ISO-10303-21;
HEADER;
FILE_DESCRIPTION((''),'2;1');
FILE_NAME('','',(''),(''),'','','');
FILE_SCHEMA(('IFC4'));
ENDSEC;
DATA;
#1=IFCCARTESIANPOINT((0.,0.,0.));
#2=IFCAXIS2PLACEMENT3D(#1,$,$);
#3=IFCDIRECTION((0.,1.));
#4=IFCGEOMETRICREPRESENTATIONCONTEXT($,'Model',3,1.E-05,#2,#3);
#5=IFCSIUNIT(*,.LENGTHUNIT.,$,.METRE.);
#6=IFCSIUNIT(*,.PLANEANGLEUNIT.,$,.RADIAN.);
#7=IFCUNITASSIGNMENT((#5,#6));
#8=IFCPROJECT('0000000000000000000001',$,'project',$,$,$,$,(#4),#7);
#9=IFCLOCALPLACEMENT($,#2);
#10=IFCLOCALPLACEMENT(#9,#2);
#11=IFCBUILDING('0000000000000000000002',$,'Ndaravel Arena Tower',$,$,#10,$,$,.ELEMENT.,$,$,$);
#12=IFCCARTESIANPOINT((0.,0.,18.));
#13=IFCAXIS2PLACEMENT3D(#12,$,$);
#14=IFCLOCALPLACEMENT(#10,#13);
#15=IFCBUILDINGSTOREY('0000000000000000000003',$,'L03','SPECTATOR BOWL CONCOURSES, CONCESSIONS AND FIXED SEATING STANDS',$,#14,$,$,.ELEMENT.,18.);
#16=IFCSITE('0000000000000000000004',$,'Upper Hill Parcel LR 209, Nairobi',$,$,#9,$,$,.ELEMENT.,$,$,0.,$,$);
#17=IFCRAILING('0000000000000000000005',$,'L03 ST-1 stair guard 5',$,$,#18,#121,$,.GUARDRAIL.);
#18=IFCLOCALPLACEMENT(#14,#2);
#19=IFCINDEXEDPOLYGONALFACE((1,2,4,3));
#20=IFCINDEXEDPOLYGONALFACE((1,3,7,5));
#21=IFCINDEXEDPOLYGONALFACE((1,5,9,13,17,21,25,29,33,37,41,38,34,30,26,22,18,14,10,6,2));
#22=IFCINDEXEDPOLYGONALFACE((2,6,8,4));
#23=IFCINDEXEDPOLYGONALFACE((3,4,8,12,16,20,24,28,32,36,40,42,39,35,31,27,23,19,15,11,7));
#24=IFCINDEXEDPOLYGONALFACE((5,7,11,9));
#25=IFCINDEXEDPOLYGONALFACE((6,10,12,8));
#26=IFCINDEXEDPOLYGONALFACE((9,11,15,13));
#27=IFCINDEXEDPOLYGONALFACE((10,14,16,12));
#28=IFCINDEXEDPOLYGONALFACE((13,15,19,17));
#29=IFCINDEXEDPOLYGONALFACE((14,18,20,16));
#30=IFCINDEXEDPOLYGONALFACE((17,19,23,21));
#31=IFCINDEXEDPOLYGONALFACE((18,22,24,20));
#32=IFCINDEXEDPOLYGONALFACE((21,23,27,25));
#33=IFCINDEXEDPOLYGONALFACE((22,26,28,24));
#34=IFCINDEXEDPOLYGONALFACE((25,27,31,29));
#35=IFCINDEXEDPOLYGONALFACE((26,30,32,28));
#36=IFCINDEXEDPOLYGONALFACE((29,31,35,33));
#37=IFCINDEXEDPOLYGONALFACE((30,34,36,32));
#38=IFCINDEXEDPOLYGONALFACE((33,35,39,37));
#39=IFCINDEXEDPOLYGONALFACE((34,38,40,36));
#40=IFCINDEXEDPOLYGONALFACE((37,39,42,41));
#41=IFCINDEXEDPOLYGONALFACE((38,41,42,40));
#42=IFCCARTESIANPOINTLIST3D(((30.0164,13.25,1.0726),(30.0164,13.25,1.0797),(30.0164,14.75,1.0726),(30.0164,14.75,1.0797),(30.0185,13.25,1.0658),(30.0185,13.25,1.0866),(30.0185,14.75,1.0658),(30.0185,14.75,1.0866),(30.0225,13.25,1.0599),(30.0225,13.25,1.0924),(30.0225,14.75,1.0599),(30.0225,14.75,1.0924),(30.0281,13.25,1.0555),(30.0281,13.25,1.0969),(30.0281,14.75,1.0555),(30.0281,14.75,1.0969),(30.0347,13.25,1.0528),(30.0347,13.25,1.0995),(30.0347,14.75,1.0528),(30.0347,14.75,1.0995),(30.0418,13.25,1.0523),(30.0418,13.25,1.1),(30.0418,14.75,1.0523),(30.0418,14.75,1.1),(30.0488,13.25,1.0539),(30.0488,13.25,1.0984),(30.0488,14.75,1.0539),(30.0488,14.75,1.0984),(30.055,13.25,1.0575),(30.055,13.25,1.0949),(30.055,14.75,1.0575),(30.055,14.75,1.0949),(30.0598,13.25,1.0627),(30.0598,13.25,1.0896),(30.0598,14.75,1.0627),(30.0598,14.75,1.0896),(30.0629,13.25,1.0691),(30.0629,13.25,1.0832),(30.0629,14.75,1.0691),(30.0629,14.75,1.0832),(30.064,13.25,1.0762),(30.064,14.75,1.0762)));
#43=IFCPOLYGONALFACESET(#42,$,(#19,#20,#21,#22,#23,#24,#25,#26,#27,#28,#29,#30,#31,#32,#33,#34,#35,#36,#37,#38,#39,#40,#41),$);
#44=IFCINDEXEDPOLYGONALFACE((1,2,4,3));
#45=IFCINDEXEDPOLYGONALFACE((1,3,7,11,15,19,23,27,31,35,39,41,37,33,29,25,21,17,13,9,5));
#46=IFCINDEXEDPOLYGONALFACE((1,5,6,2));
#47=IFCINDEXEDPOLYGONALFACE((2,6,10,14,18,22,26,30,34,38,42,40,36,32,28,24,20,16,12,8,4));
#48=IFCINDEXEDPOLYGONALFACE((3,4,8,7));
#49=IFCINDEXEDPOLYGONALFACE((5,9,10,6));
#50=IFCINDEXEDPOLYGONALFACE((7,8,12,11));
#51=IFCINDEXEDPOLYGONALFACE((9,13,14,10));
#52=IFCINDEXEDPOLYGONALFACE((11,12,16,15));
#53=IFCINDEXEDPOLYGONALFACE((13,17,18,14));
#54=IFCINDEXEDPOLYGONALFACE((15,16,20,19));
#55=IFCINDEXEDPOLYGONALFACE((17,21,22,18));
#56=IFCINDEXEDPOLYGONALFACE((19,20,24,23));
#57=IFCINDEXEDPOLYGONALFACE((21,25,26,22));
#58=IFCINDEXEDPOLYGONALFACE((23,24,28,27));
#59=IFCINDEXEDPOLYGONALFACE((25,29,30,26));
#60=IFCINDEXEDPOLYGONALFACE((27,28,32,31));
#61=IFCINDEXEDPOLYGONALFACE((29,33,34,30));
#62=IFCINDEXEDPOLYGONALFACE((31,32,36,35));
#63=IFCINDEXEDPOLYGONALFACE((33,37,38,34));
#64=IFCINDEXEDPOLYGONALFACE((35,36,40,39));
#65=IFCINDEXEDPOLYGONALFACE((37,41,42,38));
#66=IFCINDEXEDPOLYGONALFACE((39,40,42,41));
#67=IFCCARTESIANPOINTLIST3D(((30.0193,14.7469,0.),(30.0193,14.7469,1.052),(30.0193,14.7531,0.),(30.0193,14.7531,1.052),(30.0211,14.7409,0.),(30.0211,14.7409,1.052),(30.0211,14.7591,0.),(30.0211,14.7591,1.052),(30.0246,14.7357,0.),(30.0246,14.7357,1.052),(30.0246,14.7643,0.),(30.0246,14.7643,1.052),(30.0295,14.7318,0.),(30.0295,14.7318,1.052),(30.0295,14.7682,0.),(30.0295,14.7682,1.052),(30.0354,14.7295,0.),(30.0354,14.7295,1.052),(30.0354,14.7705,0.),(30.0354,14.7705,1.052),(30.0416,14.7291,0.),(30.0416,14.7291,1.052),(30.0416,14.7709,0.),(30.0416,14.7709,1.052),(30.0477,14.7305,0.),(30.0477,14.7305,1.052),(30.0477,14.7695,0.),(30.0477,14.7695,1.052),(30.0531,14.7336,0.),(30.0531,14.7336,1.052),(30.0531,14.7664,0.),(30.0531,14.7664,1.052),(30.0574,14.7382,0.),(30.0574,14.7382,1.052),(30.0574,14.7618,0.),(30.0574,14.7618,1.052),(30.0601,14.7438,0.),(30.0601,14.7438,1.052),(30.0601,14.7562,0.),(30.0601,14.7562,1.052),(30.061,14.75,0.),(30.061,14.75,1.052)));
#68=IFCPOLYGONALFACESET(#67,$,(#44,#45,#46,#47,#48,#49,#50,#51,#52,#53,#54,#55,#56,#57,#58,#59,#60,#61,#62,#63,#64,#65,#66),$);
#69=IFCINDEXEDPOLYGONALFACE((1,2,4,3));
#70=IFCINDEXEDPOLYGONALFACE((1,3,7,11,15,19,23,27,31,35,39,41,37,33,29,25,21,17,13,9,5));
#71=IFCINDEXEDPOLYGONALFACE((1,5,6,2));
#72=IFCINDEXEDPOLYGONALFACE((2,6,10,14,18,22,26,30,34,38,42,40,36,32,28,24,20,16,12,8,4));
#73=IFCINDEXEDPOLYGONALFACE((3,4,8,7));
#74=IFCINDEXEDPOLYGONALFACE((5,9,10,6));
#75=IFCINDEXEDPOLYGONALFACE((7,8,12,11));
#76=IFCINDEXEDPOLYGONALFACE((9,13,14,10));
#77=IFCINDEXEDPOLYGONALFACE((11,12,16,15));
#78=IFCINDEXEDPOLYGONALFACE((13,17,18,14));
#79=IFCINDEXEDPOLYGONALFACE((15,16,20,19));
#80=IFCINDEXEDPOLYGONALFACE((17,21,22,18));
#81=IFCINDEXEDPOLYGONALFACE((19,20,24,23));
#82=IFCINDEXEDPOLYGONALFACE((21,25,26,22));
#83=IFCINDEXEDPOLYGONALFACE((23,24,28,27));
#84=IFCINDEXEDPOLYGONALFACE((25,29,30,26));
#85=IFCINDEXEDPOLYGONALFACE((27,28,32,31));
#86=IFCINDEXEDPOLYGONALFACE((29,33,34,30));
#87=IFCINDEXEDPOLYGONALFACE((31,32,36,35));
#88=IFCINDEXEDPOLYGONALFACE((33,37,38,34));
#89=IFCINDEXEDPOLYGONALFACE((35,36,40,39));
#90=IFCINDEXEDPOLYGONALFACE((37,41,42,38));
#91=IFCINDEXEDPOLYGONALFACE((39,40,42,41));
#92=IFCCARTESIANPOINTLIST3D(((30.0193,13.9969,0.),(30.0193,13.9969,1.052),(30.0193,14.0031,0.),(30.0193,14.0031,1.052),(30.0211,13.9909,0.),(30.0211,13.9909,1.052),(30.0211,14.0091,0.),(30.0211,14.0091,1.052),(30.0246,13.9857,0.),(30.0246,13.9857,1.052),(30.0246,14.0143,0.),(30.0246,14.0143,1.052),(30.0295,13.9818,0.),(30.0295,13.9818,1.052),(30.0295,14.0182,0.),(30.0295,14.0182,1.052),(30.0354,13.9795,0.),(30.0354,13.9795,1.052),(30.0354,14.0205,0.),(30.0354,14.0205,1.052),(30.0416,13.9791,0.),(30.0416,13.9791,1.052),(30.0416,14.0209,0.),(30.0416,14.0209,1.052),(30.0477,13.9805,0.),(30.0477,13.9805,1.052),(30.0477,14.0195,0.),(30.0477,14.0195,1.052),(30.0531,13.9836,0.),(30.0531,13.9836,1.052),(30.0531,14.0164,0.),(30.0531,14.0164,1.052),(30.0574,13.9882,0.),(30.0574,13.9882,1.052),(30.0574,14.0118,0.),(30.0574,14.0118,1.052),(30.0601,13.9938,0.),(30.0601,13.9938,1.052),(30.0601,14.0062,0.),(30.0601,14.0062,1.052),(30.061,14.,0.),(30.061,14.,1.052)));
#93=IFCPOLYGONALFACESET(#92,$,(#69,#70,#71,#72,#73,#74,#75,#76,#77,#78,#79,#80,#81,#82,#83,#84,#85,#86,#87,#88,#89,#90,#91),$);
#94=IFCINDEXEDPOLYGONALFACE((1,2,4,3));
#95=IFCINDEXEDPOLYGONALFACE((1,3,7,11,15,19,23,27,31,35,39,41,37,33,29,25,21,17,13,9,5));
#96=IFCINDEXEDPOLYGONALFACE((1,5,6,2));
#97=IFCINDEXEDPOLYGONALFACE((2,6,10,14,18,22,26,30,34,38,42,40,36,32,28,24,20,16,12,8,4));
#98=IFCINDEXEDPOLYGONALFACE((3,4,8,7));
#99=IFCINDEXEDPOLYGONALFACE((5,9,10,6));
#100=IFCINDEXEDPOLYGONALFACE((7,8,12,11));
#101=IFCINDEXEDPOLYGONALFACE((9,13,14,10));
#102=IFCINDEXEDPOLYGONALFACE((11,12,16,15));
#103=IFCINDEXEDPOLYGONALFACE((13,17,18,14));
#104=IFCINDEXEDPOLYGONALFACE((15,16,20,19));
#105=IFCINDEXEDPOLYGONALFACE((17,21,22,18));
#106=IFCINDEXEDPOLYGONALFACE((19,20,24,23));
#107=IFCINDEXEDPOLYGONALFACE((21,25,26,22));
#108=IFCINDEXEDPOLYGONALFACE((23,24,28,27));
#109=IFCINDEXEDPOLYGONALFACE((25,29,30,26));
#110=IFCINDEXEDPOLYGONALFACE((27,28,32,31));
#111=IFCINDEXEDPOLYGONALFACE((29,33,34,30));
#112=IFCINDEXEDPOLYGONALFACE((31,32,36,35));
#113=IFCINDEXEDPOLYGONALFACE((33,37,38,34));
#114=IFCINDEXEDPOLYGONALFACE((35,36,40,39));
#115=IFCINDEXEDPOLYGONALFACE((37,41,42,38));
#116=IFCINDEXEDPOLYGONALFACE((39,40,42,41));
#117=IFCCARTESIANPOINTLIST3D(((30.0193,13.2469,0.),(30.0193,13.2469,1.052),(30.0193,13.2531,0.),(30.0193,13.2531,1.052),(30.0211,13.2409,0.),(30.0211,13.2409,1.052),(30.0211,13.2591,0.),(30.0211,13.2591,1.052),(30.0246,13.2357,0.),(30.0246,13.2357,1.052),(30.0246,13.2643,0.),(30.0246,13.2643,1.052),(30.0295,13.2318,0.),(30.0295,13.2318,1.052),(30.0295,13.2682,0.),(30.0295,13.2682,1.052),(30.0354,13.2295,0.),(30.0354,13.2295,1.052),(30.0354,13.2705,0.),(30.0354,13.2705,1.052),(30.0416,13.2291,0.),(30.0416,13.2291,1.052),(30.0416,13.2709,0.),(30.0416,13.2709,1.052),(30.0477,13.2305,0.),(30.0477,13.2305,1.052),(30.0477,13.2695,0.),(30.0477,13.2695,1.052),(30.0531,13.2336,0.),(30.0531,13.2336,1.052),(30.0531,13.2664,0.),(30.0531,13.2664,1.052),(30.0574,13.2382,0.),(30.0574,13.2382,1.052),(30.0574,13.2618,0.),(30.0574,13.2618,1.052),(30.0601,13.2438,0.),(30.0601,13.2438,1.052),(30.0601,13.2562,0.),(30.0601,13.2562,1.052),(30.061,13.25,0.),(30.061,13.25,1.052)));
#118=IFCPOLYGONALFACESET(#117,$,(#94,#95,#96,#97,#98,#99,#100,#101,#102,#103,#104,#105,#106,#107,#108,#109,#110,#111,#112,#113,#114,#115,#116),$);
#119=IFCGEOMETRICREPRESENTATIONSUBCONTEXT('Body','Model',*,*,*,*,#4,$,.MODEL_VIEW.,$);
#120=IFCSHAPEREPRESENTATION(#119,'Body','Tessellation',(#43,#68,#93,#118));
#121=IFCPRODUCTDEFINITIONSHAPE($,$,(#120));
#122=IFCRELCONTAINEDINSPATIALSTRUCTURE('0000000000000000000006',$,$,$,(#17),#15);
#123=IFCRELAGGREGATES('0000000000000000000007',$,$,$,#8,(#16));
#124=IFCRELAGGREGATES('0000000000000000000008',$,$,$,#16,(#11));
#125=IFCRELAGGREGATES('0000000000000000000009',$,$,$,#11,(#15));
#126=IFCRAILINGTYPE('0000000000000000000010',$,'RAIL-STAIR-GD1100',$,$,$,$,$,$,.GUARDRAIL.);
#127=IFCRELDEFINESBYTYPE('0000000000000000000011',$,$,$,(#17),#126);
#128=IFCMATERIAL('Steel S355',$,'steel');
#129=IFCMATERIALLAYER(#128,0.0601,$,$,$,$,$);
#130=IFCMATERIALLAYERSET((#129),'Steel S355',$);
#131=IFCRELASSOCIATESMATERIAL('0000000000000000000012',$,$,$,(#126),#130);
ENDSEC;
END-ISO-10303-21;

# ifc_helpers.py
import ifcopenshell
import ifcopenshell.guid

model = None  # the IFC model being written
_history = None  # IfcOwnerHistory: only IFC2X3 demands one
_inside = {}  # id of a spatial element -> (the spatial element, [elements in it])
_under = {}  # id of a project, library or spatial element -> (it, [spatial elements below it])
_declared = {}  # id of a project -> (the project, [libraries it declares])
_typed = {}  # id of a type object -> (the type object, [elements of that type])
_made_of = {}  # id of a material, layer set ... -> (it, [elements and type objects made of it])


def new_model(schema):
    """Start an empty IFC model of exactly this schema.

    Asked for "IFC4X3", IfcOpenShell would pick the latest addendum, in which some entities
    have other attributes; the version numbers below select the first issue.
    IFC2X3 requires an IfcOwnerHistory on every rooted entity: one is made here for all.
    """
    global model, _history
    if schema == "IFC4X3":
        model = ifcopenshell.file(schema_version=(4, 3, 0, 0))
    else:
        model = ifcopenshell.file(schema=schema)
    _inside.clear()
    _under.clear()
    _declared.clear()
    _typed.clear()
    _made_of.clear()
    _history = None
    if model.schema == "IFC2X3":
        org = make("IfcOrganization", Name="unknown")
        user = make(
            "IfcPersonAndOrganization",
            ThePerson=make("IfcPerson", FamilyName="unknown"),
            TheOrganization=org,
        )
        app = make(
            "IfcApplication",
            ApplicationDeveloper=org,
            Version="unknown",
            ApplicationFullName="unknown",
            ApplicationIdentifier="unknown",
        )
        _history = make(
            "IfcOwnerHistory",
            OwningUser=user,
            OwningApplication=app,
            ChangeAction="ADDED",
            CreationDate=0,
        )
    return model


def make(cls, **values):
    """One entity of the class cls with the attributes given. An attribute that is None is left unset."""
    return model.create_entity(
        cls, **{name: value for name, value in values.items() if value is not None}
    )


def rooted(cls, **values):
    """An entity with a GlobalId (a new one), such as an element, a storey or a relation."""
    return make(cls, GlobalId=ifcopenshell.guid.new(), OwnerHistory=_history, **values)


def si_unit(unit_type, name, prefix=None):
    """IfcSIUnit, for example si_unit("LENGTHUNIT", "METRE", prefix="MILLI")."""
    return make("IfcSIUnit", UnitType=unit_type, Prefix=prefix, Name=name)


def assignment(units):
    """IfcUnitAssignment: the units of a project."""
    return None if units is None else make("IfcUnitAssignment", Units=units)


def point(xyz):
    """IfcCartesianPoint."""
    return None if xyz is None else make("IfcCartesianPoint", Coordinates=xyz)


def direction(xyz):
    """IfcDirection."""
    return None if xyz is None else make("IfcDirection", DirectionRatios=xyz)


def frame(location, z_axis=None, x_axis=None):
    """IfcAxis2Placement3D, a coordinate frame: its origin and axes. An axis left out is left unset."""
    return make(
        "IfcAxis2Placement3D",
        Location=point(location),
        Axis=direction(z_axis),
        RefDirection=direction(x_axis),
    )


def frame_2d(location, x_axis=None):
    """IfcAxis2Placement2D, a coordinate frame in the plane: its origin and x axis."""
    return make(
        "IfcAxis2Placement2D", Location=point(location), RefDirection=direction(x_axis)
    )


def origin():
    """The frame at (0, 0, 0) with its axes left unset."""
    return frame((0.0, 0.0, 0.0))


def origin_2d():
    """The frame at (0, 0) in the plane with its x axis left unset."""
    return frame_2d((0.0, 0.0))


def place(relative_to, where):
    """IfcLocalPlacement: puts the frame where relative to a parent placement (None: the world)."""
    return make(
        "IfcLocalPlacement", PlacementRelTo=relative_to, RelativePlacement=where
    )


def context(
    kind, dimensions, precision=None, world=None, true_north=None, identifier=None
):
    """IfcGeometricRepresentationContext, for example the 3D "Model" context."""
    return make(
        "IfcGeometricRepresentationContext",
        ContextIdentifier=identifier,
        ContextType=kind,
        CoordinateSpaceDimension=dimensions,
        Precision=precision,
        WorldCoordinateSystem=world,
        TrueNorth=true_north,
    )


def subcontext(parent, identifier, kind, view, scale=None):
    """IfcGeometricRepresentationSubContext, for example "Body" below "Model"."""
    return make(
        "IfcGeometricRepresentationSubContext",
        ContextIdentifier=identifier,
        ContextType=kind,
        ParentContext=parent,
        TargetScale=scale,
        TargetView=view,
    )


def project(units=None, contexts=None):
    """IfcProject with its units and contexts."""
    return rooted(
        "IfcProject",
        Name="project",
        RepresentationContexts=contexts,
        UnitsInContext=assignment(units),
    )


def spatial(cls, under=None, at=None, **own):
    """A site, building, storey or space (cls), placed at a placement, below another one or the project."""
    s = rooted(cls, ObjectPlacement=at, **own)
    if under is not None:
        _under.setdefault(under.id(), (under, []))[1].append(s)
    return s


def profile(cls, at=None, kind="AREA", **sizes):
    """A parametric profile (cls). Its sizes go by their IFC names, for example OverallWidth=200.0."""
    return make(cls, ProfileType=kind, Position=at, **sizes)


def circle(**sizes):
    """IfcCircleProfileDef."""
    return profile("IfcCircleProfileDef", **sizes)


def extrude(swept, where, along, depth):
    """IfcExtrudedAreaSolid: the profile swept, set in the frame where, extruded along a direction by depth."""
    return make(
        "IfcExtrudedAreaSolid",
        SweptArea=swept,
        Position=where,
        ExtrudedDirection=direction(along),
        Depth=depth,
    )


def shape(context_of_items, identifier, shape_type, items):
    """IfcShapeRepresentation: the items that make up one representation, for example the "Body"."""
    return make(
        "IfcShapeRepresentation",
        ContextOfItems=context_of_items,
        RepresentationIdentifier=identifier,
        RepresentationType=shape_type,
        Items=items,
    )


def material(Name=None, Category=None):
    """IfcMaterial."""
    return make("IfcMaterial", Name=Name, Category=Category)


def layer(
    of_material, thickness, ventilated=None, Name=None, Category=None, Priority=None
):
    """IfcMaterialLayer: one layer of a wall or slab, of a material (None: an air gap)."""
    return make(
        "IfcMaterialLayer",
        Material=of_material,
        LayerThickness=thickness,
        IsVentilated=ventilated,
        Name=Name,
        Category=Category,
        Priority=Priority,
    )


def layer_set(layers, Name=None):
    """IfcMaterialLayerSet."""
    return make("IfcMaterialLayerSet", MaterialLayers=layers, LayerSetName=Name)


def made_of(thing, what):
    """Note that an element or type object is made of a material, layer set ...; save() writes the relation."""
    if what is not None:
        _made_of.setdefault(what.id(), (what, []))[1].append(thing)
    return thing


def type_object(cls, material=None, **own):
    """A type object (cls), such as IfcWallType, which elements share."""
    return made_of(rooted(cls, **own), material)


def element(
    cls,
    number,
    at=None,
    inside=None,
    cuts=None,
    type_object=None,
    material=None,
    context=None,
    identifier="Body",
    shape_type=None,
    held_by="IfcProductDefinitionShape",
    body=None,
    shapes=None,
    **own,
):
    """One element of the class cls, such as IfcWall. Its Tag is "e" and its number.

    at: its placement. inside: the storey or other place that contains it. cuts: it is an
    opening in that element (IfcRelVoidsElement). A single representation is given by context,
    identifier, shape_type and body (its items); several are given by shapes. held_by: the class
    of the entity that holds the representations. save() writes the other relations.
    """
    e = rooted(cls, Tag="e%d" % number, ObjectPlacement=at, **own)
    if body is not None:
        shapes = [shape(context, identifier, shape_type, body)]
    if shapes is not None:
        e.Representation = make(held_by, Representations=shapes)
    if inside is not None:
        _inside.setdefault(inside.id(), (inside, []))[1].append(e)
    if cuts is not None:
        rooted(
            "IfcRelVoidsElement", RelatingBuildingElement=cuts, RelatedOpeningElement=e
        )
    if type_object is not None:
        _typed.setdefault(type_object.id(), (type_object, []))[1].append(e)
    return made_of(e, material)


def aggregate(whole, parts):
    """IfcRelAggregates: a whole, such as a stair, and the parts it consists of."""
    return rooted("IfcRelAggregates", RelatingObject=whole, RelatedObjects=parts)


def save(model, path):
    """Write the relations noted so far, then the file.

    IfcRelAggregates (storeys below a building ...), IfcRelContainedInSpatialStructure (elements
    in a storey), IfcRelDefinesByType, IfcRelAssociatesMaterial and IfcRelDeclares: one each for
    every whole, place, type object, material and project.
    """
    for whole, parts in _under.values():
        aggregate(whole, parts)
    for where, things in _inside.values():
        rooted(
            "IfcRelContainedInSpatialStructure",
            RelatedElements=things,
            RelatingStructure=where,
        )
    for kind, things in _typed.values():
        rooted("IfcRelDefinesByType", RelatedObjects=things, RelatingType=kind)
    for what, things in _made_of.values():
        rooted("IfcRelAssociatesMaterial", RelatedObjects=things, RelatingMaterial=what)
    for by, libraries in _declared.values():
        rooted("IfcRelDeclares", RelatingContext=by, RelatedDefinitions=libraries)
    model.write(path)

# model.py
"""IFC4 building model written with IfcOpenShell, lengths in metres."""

from ifc_helpers import new_model, si_unit, direction, frame, origin, origin_2d, place, context, subcontext, project, spatial, circle, extrude, material, layer, layer_set, type_object, element, save


model = new_model("IFC4")

# Units and contexts
model_context = context("Model", 3, precision=1e-05, world=origin(), true_north=direction((0.0, 1.0)))
body_context = subcontext(model_context, "Body", "Model", "MODEL_VIEW")
ifc_project = project(units=[si_unit("LENGTHUNIT", "METRE"), si_unit("PLANEANGLEUNIT", "RADIAN")], contexts=[model_context])

# Site, building, storey
site_placement = place(None, origin())
site = spatial("IfcSite", under=ifc_project, at=site_placement, Name="Upper Hill Parcel LR 209, Nairobi", CompositionType="ELEMENT", RefElevation=0.0)
building_placement = place(site_placement, origin())
building = spatial("IfcBuilding", under=site, at=building_placement, Name="Ndaravel Arena Tower", CompositionType="ELEMENT")
storey_placement = place(building_placement, frame((0.0, 0.0, 18.0)))
storey = spatial("IfcBuildingStorey", under=building, at=storey_placement, Name="L03", Description="SPECTATOR BOWL CONCOURSES, CONCESSIONS AND FIXED SEATING STANDS", CompositionType="ELEMENT", Elevation=18.0)

# Railing
ifc_material_1 = material(Name="Steel S355", Category="steel")
ifc_layer_1 = layer(ifc_material_1, 0.0601)
ifc_layer_set_1 = layer_set([ifc_layer_1], Name="Steel S355")
railing_type_1 = type_object("IfcRailingType", Name="RAIL-STAIR-GD1100", PredefinedType="GUARDRAIL", material=ifc_layer_set_1)
railing_1_placement = place(storey_placement, frame((30.04, 14.75, 0.0)))
element("IfcRailing", 1, at=railing_1_placement, inside=storey, type_object=railing_type_1, Name="L03 ST-1 stair guard 5", PredefinedType="GUARDRAIL", context=body_context, shape_type="SweptSolid", body=[
    extrude(circle(Radius=0.0239, at=origin_2d()), frame((0.0, 0.0, 1.0762), z_axis=(0.0, -1.0, 0.0), x_axis=(1.0, 0.0, 0.0)), (0.0, 0.0, 1.0), 1.5),
    extrude(circle(Radius=0.021, at=origin_2d()), origin(), (0.0, 0.0, 1.0), 1.052),
    extrude(circle(Radius=0.021, at=origin_2d()), frame((0.0, -0.75, 0.0)), (0.0, 0.0, 1.0), 1.052),
    extrude(circle(Radius=0.021, at=origin_2d()), frame((0.0, -1.5, 0.0)), (0.0, 0.0, 1.0), 1.052),
])

save(model, "model.ifc")
